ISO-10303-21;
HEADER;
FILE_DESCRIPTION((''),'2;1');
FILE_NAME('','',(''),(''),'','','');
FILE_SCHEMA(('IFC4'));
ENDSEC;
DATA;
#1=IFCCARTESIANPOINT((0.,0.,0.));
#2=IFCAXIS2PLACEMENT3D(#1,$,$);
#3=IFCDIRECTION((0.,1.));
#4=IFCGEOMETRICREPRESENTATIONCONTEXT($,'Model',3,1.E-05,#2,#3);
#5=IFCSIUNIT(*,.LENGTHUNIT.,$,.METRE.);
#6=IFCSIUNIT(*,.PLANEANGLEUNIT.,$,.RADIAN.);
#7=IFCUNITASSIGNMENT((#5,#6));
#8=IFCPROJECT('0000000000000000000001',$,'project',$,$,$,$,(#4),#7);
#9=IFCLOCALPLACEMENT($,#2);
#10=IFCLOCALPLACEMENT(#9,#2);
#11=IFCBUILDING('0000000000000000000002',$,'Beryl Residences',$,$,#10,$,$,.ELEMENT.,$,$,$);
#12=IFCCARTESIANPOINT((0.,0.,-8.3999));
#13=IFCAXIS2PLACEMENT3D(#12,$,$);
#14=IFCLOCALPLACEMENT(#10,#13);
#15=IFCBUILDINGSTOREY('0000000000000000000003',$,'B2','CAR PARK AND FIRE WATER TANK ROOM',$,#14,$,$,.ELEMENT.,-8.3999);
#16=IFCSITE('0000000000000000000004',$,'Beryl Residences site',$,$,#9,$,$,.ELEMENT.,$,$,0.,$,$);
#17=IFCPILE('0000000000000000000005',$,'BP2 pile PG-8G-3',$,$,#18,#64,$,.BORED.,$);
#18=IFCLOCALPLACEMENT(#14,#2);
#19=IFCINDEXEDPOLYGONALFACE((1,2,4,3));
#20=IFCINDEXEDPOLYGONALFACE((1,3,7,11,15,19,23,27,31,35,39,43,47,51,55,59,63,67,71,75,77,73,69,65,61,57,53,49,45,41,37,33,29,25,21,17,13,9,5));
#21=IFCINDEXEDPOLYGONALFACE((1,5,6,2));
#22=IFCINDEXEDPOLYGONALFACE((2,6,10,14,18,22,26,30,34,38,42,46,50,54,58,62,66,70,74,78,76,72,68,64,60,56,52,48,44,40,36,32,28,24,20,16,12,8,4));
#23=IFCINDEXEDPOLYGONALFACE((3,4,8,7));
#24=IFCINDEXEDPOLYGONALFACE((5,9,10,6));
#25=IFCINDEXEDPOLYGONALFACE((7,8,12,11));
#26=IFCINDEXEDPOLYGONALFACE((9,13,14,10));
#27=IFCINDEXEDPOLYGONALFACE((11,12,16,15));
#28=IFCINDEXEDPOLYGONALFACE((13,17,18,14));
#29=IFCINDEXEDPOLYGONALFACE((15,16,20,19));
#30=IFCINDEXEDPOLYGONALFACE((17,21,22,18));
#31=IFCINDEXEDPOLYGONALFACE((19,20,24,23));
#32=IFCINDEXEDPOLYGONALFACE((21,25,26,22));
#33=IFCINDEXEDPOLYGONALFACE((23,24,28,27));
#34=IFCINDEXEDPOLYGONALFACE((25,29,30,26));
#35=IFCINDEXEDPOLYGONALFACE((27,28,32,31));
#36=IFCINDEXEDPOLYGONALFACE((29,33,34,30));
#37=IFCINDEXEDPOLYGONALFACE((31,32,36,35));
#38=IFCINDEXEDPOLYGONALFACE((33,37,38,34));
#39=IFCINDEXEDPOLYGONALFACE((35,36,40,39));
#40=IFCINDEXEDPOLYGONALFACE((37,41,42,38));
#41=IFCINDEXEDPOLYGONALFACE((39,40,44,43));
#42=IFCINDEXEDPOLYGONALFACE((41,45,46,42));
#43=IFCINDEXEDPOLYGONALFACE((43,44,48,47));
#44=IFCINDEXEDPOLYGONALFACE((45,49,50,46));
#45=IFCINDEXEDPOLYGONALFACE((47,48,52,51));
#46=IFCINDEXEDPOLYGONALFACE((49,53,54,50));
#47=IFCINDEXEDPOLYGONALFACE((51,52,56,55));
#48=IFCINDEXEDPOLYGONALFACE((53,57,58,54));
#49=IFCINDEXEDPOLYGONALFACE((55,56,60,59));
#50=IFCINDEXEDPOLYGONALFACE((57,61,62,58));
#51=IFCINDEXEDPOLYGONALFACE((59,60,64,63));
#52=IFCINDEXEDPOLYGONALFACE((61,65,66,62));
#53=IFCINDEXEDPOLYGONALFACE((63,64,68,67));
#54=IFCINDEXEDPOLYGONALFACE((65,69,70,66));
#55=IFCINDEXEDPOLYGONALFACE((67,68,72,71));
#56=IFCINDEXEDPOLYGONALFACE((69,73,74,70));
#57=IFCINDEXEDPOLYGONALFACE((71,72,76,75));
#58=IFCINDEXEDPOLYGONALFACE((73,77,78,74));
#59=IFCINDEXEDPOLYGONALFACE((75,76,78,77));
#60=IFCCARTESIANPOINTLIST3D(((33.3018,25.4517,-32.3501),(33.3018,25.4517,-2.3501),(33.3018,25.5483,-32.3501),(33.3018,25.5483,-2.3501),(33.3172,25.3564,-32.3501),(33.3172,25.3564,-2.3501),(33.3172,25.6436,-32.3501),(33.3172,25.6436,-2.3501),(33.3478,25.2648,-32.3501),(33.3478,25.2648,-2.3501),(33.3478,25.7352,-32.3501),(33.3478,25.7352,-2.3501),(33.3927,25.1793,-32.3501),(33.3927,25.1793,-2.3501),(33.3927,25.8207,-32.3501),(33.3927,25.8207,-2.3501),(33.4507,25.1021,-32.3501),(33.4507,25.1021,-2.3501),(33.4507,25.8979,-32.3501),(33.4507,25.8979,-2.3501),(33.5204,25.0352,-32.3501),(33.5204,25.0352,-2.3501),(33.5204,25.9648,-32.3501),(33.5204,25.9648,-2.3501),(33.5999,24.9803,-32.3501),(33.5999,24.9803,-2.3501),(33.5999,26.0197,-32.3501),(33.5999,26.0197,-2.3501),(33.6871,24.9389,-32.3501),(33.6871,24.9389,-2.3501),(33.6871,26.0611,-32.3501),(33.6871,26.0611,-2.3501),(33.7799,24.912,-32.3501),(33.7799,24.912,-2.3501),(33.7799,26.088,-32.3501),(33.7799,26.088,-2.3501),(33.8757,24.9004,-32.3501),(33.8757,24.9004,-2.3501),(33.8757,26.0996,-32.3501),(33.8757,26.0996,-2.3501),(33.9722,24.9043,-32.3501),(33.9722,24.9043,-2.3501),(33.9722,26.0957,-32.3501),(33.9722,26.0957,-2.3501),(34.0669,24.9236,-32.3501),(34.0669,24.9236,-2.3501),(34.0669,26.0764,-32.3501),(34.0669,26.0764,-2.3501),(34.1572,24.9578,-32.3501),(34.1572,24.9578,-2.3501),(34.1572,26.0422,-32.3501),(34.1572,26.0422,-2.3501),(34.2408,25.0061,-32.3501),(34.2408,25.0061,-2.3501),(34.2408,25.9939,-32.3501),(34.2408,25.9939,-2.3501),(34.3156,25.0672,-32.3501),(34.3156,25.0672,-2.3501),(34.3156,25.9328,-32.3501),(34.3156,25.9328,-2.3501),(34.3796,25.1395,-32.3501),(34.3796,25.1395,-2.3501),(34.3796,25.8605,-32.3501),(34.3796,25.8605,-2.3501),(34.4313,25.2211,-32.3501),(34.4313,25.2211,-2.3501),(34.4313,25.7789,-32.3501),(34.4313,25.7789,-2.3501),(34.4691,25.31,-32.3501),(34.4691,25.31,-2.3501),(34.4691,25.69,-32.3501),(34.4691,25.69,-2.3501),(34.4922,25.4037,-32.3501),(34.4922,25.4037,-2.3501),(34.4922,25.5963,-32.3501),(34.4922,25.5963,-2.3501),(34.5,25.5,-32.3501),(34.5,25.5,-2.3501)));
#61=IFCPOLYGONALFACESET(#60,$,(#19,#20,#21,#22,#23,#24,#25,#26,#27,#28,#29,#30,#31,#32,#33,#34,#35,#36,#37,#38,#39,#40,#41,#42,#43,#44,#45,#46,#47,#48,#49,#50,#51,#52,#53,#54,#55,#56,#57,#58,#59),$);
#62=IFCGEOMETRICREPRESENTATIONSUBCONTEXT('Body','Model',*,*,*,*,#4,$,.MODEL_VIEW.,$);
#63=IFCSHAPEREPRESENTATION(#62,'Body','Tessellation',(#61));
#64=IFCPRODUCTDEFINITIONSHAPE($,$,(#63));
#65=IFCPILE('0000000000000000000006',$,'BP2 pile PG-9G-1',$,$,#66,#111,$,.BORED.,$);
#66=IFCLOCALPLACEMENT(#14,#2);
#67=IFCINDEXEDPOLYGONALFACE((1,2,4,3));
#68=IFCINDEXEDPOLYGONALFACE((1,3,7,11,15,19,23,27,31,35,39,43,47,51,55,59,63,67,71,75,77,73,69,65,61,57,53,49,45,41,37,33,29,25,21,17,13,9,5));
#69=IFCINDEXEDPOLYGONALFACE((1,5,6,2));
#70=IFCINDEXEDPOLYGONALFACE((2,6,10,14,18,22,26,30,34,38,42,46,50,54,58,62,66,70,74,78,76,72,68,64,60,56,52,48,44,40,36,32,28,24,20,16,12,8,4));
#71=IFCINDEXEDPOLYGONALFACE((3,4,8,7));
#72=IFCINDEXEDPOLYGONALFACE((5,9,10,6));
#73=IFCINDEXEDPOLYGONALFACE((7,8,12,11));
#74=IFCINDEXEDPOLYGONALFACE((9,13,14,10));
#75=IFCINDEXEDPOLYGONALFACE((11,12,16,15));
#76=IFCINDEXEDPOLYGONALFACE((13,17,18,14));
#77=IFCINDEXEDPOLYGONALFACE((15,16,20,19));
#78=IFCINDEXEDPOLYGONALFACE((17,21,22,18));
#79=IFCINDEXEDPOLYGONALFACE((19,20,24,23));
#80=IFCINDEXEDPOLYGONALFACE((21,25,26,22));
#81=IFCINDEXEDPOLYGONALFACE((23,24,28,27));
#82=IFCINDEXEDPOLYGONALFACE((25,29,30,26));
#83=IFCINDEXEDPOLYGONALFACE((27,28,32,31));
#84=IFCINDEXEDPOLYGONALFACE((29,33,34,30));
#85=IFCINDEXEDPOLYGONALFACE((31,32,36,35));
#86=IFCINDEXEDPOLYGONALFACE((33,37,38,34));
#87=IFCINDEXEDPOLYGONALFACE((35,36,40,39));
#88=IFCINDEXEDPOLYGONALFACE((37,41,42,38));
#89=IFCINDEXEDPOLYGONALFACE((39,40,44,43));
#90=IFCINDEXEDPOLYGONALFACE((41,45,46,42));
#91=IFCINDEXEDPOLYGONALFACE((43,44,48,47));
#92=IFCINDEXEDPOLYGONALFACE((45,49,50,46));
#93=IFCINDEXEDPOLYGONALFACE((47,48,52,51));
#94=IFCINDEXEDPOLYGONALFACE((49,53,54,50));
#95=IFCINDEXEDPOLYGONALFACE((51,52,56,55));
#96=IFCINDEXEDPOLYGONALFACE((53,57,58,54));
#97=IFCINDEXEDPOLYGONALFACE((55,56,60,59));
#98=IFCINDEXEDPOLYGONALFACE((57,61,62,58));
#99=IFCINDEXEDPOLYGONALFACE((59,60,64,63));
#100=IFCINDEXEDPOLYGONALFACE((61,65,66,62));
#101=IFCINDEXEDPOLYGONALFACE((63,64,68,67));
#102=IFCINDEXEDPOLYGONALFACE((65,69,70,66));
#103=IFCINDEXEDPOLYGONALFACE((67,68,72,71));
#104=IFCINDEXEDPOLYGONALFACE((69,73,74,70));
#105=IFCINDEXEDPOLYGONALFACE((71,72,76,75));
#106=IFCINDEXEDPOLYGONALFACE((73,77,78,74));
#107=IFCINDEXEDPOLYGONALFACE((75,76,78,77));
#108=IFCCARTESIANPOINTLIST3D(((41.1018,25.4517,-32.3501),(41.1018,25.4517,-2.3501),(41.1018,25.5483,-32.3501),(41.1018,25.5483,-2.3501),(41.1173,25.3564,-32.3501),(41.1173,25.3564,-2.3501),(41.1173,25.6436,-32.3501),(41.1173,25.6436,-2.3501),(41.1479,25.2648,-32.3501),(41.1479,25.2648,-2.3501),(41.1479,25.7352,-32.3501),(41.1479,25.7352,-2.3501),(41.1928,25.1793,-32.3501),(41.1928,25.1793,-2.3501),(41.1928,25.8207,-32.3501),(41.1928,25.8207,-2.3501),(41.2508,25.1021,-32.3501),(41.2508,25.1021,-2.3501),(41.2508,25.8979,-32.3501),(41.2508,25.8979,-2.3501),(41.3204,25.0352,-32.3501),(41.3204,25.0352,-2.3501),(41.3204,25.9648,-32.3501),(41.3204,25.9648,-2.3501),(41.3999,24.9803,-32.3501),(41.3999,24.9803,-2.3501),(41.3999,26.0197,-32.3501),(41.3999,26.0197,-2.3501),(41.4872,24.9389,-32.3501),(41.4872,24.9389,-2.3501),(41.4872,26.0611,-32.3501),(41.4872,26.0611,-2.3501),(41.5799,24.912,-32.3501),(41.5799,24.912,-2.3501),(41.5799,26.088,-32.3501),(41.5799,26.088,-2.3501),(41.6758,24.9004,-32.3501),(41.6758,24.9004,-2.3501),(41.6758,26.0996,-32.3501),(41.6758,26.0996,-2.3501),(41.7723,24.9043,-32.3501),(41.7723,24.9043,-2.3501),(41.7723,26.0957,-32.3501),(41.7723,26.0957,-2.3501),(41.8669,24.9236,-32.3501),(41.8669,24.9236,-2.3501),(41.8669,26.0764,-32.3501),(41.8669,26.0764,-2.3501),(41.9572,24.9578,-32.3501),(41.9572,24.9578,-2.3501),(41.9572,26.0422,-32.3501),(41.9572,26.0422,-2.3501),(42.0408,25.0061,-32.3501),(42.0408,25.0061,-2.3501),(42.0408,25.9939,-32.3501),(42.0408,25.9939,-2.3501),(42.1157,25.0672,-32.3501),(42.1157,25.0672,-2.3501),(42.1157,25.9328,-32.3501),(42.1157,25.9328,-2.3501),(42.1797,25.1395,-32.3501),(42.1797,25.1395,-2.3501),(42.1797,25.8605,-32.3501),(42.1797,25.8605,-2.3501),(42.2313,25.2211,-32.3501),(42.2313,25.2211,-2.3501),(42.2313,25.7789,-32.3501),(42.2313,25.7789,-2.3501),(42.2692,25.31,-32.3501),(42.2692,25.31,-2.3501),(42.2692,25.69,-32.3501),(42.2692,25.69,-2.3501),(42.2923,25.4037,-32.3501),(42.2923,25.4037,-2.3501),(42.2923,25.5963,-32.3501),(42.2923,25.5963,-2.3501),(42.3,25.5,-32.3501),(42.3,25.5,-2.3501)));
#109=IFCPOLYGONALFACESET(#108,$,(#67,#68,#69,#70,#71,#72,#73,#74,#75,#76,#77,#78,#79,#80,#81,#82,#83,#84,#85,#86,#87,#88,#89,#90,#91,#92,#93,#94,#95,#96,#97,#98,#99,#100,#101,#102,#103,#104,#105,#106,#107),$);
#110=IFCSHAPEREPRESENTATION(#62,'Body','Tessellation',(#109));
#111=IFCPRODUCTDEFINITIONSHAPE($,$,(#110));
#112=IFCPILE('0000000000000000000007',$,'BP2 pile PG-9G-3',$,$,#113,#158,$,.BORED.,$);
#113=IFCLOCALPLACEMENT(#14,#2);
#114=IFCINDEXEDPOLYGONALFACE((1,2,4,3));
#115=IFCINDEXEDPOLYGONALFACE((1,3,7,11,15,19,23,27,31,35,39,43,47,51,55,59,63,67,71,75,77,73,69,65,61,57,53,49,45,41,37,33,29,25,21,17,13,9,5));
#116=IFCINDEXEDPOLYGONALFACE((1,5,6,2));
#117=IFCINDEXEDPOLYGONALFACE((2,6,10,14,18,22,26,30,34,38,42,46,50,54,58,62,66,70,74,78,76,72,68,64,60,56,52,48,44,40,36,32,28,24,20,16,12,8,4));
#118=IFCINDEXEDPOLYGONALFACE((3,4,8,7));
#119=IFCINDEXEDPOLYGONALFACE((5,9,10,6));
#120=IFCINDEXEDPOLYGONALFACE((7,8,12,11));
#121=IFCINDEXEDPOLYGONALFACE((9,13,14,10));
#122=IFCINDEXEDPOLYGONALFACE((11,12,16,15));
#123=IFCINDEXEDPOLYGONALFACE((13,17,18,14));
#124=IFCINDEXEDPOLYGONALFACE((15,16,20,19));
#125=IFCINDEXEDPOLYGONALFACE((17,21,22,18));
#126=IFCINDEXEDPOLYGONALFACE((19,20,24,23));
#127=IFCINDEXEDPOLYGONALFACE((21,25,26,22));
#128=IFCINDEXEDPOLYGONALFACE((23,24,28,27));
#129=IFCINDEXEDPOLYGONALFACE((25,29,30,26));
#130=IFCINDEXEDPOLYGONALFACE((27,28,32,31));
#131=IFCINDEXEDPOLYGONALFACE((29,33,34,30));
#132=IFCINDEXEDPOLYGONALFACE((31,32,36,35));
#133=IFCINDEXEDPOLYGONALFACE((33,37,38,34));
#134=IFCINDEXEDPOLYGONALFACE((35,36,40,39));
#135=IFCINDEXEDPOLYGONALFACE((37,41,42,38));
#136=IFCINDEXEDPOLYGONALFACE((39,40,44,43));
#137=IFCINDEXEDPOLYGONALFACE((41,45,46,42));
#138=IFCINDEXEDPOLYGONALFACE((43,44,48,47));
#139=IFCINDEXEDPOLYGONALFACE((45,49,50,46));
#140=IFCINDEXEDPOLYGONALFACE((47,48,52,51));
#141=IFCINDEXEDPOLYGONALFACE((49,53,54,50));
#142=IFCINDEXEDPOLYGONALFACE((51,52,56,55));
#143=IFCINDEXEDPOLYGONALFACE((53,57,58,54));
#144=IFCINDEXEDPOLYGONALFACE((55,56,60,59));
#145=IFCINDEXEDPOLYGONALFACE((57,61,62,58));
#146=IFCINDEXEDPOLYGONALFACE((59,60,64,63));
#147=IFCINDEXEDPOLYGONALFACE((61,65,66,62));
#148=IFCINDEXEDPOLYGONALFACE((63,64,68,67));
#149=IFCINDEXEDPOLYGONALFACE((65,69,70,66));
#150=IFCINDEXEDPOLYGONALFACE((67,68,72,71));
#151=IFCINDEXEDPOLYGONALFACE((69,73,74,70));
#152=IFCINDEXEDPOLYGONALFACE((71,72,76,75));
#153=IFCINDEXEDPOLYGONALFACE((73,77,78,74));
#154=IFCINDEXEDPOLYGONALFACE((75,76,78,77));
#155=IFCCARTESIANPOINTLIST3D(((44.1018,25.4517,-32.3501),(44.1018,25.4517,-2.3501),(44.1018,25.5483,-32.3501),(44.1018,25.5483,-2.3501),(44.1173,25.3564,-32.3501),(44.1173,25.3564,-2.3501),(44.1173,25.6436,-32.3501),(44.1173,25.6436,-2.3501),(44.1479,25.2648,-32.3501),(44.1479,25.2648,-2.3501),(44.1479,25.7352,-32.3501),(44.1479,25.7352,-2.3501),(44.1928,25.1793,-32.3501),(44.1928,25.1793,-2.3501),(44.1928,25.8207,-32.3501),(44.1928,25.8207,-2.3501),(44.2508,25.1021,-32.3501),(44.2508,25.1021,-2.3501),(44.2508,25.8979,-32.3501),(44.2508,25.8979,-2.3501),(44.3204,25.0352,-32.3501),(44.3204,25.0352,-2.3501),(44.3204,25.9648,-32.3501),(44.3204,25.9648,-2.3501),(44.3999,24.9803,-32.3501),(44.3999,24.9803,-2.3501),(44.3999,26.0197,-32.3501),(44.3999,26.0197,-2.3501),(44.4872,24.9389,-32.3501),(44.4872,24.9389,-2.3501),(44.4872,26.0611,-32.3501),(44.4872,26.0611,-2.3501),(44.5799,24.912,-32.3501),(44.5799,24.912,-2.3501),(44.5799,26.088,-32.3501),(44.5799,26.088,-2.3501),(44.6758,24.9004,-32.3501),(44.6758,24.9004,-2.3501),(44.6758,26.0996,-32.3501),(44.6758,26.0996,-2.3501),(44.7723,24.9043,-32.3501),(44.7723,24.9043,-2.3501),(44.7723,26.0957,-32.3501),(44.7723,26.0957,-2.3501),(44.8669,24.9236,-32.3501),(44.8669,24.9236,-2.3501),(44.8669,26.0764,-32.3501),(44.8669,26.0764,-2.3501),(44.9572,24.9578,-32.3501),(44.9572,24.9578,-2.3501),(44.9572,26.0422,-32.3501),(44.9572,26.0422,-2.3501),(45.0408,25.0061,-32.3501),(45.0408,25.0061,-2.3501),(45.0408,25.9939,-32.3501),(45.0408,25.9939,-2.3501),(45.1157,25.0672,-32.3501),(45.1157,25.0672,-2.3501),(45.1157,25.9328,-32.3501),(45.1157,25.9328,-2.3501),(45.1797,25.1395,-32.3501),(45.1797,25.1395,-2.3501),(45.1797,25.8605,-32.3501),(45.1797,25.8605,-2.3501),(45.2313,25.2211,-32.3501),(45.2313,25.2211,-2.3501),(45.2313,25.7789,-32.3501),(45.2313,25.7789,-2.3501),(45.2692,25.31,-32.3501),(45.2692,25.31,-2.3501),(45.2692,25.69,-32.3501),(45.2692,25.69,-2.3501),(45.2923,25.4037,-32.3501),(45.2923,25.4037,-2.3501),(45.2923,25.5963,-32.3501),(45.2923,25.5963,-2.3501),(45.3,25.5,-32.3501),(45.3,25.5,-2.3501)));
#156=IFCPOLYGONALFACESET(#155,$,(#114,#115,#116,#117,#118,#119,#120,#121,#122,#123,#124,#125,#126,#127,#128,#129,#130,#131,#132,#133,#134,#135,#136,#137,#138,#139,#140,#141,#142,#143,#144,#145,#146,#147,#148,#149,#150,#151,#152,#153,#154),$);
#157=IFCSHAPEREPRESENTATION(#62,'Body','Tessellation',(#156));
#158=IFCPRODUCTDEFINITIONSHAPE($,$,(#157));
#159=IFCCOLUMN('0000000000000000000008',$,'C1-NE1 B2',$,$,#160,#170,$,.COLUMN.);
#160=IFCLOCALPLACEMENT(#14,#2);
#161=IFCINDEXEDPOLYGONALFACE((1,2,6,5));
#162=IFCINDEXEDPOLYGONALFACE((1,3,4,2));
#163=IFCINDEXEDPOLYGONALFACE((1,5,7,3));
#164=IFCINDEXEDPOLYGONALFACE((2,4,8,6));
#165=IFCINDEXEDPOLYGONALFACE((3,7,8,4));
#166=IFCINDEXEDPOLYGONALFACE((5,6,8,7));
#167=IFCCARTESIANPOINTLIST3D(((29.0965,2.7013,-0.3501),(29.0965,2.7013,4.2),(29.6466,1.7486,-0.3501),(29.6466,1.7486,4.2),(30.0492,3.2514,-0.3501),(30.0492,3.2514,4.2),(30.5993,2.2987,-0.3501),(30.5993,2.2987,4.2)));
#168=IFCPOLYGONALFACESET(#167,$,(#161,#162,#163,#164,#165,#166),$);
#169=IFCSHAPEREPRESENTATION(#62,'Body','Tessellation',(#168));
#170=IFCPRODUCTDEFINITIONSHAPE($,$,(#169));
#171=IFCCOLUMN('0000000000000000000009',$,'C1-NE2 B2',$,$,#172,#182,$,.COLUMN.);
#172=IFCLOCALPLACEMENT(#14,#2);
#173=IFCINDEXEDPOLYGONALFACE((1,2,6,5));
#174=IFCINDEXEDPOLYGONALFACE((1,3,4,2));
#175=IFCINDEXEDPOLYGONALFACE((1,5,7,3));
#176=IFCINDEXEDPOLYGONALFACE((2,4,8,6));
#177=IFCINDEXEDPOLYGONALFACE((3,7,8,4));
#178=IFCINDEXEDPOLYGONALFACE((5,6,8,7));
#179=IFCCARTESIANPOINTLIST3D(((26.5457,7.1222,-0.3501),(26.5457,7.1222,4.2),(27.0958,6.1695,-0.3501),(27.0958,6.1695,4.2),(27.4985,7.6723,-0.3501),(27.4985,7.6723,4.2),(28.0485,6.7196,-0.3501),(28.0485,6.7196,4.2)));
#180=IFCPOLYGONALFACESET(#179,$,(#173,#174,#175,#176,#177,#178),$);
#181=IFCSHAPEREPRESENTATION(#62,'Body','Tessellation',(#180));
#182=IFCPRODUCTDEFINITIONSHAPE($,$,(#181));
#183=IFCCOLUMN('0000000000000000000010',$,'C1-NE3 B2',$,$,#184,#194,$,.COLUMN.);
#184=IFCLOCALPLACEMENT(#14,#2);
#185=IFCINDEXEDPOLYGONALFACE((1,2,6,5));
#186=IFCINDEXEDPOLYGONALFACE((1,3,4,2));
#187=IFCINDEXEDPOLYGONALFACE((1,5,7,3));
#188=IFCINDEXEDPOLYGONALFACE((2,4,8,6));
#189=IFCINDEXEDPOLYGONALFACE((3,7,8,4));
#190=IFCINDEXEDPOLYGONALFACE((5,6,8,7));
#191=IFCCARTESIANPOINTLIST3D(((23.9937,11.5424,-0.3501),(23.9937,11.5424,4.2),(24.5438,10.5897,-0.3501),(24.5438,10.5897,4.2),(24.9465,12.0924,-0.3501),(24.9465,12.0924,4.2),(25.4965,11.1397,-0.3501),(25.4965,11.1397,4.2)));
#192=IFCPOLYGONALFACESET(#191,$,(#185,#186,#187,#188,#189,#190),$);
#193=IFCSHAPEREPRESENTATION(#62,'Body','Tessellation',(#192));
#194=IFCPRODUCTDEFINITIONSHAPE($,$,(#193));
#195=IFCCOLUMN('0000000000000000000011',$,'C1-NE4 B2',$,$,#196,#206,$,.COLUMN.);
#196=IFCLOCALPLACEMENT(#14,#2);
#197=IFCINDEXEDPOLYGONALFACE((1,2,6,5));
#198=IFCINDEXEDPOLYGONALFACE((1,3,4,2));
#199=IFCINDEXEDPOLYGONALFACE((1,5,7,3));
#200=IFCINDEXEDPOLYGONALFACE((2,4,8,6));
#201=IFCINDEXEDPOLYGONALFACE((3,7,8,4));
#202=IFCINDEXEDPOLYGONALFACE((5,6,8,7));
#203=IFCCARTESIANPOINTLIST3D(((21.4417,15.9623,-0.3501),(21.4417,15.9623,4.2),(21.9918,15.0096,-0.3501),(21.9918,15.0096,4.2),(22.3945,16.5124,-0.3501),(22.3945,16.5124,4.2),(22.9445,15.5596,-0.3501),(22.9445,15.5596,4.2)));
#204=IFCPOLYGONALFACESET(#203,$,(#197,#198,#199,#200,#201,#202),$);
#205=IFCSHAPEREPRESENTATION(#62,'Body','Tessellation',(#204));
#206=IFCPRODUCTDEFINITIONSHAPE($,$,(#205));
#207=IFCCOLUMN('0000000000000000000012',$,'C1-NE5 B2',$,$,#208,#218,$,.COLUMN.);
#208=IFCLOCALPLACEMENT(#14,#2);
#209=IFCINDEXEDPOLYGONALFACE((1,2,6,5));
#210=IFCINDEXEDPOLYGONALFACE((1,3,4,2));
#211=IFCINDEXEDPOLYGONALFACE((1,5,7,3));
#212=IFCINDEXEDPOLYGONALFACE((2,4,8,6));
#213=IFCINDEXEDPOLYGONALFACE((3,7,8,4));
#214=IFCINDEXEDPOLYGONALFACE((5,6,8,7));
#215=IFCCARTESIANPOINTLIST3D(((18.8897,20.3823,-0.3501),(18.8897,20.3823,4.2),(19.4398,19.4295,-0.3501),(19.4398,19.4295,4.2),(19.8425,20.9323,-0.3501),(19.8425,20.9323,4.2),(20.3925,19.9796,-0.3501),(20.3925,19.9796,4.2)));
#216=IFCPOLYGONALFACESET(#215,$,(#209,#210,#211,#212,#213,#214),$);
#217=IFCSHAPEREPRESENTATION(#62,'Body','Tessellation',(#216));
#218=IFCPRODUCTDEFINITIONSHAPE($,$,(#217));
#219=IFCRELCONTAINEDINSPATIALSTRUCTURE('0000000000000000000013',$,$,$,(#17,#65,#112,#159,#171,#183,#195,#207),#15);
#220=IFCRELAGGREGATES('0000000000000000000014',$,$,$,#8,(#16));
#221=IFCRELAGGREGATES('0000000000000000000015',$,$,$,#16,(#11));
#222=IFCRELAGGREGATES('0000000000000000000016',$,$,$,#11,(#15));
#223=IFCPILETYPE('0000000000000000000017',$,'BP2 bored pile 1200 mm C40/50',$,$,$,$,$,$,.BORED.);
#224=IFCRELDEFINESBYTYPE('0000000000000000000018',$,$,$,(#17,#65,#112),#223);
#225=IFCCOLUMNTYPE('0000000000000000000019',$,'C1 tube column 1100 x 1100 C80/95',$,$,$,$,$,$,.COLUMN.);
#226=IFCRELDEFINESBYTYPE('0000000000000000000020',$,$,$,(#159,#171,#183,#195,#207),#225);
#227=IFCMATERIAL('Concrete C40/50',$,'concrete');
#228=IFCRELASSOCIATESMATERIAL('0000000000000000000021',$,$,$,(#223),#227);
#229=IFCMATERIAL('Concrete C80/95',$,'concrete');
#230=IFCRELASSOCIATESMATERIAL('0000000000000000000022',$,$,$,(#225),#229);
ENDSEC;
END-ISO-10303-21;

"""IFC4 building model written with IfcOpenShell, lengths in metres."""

from ifc_helpers import new_model, si_unit, direction, frame, origin, origin_2d, place, context, subcontext, project, spatial, rectangle, circle, extrude, material, material_profile, profile_set, type_object, element, save


model = new_model("IFC4")

# Units and contexts
model_context = context("Model", 3, precision=1e-05, world=origin(), true_north=direction((0.0, 1.0)))
body_context = subcontext(model_context, "Body", "Model", "MODEL_VIEW")
ifc_project = project(units=[si_unit("LENGTHUNIT", "METRE"), si_unit("PLANEANGLEUNIT", "RADIAN")], contexts=[model_context])

# Site, building, storey
site_placement = place(None, origin())
site = spatial("IfcSite", under=ifc_project, at=site_placement, Name="Beryl Residences site", CompositionType="ELEMENT", RefElevation=0.0)
building_placement = place(site_placement, origin())
building = spatial("IfcBuilding", under=site, at=building_placement, Name="Beryl Residences", CompositionType="ELEMENT")
storey_placement = place(building_placement, frame((0.0, 0.0, -8.3999)))
storey = spatial("IfcBuildingStorey", under=building, at=storey_placement, Name="B2", Description="CAR PARK AND FIRE WATER TANK ROOM", CompositionType="ELEMENT", Elevation=-8.3999)

# Piles
ifc_material_1 = material(Name="Concrete C40/50", Category="concrete")
ifc_material_profile_1 = material_profile(ifc_material_1, circle(Radius=0.6001, at=origin_2d()))
ifc_profile_set_1 = profile_set([ifc_material_profile_1], Name="Concrete C40/50")
pile_type_1 = type_object("IfcPileType", Name="BP2 bored pile 1200 mm C40/50", PredefinedType="BORED", material=ifc_profile_set_1)
for number, where, z_axis, x_axis, name in (
    (1, (33.8999, 25.5, -2.3501), (0.0, 0.0, -1.0), (1.0, 0.0, 0.0), "BP2 pile PG-8G-3"),
    (2, (41.7, 25.5, -2.3501), (0.0, 0.0, -1.0), (1.0, 0.0, 0.0), "BP2 pile PG-9G-1"),
    (3, (44.7, 25.5, -2.3501), (0.0, 0.0, -1.0), (1.0, 0.0, 0.0), "BP2 pile PG-9G-3"),
):
    element("IfcPile", number, at=place(storey_placement, frame(where, z_axis=z_axis, x_axis=x_axis)), inside=storey, type_object=pile_type_1, Name=name, PredefinedType="BORED", context=body_context, shape_type="SweptSolid", body=[
        extrude(circle(Radius=0.6001, at=origin_2d()), origin(), (0.0, 0.0, 1.0), 30.0),
    ])

# Columns
ifc_material_2 = material(Name="Concrete C80/95", Category="concrete")
ifc_material_profile_2 = material_profile(ifc_material_2, rectangle(XDim=1.1001, YDim=1.1001, at=origin_2d()))
ifc_profile_set_2 = profile_set([ifc_material_profile_2], Name="Concrete C80/95")
column_type_1 = type_object("IfcColumnType", Name="C1 tube column 1100 x 1100 C80/95", PredefinedType="COLUMN", material=ifc_profile_set_2)
for number, where, z_axis, x_axis, name in (
    (4, (29.8479, 2.5, -0.3501), (0.0, 0.0, 1.0), (-0.499985, 0.866034, 0.0), "C1-NE1 B2"),
    (5, (27.2971, 6.9209, -0.3501), (0.0, 0.0, 1.0), (-0.499985, 0.866034, 0.0), "C1-NE2 B2"),
    (6, (24.7451, 11.3411, -0.3501), (0.0, 0.0, 1.0), (-0.499985, 0.866034, 0.0), "C1-NE3 B2"),
    (7, (22.1931, 15.761, -0.3501), (0.0, 0.0, 1.0), (-0.499985, 0.866034, 0.0), "C1-NE4 B2"),
    (8, (19.6411, 20.1809, -0.3501), (0.0, 0.0, 1.0), (-0.499985, 0.866034, 0.0), "C1-NE5 B2"),
):
    element("IfcColumn", number, at=place(storey_placement, frame(where, z_axis=z_axis, x_axis=x_axis)), inside=storey, type_object=column_type_1, Name=name, PredefinedType="COLUMN", context=body_context, shape_type="SweptSolid", body=[
        extrude(rectangle(XDim=1.1001, YDim=1.1001, at=origin_2d()), origin(), (0.0, 0.0, 1.0), 4.55),
    ])

save(model, "model.ifc")
